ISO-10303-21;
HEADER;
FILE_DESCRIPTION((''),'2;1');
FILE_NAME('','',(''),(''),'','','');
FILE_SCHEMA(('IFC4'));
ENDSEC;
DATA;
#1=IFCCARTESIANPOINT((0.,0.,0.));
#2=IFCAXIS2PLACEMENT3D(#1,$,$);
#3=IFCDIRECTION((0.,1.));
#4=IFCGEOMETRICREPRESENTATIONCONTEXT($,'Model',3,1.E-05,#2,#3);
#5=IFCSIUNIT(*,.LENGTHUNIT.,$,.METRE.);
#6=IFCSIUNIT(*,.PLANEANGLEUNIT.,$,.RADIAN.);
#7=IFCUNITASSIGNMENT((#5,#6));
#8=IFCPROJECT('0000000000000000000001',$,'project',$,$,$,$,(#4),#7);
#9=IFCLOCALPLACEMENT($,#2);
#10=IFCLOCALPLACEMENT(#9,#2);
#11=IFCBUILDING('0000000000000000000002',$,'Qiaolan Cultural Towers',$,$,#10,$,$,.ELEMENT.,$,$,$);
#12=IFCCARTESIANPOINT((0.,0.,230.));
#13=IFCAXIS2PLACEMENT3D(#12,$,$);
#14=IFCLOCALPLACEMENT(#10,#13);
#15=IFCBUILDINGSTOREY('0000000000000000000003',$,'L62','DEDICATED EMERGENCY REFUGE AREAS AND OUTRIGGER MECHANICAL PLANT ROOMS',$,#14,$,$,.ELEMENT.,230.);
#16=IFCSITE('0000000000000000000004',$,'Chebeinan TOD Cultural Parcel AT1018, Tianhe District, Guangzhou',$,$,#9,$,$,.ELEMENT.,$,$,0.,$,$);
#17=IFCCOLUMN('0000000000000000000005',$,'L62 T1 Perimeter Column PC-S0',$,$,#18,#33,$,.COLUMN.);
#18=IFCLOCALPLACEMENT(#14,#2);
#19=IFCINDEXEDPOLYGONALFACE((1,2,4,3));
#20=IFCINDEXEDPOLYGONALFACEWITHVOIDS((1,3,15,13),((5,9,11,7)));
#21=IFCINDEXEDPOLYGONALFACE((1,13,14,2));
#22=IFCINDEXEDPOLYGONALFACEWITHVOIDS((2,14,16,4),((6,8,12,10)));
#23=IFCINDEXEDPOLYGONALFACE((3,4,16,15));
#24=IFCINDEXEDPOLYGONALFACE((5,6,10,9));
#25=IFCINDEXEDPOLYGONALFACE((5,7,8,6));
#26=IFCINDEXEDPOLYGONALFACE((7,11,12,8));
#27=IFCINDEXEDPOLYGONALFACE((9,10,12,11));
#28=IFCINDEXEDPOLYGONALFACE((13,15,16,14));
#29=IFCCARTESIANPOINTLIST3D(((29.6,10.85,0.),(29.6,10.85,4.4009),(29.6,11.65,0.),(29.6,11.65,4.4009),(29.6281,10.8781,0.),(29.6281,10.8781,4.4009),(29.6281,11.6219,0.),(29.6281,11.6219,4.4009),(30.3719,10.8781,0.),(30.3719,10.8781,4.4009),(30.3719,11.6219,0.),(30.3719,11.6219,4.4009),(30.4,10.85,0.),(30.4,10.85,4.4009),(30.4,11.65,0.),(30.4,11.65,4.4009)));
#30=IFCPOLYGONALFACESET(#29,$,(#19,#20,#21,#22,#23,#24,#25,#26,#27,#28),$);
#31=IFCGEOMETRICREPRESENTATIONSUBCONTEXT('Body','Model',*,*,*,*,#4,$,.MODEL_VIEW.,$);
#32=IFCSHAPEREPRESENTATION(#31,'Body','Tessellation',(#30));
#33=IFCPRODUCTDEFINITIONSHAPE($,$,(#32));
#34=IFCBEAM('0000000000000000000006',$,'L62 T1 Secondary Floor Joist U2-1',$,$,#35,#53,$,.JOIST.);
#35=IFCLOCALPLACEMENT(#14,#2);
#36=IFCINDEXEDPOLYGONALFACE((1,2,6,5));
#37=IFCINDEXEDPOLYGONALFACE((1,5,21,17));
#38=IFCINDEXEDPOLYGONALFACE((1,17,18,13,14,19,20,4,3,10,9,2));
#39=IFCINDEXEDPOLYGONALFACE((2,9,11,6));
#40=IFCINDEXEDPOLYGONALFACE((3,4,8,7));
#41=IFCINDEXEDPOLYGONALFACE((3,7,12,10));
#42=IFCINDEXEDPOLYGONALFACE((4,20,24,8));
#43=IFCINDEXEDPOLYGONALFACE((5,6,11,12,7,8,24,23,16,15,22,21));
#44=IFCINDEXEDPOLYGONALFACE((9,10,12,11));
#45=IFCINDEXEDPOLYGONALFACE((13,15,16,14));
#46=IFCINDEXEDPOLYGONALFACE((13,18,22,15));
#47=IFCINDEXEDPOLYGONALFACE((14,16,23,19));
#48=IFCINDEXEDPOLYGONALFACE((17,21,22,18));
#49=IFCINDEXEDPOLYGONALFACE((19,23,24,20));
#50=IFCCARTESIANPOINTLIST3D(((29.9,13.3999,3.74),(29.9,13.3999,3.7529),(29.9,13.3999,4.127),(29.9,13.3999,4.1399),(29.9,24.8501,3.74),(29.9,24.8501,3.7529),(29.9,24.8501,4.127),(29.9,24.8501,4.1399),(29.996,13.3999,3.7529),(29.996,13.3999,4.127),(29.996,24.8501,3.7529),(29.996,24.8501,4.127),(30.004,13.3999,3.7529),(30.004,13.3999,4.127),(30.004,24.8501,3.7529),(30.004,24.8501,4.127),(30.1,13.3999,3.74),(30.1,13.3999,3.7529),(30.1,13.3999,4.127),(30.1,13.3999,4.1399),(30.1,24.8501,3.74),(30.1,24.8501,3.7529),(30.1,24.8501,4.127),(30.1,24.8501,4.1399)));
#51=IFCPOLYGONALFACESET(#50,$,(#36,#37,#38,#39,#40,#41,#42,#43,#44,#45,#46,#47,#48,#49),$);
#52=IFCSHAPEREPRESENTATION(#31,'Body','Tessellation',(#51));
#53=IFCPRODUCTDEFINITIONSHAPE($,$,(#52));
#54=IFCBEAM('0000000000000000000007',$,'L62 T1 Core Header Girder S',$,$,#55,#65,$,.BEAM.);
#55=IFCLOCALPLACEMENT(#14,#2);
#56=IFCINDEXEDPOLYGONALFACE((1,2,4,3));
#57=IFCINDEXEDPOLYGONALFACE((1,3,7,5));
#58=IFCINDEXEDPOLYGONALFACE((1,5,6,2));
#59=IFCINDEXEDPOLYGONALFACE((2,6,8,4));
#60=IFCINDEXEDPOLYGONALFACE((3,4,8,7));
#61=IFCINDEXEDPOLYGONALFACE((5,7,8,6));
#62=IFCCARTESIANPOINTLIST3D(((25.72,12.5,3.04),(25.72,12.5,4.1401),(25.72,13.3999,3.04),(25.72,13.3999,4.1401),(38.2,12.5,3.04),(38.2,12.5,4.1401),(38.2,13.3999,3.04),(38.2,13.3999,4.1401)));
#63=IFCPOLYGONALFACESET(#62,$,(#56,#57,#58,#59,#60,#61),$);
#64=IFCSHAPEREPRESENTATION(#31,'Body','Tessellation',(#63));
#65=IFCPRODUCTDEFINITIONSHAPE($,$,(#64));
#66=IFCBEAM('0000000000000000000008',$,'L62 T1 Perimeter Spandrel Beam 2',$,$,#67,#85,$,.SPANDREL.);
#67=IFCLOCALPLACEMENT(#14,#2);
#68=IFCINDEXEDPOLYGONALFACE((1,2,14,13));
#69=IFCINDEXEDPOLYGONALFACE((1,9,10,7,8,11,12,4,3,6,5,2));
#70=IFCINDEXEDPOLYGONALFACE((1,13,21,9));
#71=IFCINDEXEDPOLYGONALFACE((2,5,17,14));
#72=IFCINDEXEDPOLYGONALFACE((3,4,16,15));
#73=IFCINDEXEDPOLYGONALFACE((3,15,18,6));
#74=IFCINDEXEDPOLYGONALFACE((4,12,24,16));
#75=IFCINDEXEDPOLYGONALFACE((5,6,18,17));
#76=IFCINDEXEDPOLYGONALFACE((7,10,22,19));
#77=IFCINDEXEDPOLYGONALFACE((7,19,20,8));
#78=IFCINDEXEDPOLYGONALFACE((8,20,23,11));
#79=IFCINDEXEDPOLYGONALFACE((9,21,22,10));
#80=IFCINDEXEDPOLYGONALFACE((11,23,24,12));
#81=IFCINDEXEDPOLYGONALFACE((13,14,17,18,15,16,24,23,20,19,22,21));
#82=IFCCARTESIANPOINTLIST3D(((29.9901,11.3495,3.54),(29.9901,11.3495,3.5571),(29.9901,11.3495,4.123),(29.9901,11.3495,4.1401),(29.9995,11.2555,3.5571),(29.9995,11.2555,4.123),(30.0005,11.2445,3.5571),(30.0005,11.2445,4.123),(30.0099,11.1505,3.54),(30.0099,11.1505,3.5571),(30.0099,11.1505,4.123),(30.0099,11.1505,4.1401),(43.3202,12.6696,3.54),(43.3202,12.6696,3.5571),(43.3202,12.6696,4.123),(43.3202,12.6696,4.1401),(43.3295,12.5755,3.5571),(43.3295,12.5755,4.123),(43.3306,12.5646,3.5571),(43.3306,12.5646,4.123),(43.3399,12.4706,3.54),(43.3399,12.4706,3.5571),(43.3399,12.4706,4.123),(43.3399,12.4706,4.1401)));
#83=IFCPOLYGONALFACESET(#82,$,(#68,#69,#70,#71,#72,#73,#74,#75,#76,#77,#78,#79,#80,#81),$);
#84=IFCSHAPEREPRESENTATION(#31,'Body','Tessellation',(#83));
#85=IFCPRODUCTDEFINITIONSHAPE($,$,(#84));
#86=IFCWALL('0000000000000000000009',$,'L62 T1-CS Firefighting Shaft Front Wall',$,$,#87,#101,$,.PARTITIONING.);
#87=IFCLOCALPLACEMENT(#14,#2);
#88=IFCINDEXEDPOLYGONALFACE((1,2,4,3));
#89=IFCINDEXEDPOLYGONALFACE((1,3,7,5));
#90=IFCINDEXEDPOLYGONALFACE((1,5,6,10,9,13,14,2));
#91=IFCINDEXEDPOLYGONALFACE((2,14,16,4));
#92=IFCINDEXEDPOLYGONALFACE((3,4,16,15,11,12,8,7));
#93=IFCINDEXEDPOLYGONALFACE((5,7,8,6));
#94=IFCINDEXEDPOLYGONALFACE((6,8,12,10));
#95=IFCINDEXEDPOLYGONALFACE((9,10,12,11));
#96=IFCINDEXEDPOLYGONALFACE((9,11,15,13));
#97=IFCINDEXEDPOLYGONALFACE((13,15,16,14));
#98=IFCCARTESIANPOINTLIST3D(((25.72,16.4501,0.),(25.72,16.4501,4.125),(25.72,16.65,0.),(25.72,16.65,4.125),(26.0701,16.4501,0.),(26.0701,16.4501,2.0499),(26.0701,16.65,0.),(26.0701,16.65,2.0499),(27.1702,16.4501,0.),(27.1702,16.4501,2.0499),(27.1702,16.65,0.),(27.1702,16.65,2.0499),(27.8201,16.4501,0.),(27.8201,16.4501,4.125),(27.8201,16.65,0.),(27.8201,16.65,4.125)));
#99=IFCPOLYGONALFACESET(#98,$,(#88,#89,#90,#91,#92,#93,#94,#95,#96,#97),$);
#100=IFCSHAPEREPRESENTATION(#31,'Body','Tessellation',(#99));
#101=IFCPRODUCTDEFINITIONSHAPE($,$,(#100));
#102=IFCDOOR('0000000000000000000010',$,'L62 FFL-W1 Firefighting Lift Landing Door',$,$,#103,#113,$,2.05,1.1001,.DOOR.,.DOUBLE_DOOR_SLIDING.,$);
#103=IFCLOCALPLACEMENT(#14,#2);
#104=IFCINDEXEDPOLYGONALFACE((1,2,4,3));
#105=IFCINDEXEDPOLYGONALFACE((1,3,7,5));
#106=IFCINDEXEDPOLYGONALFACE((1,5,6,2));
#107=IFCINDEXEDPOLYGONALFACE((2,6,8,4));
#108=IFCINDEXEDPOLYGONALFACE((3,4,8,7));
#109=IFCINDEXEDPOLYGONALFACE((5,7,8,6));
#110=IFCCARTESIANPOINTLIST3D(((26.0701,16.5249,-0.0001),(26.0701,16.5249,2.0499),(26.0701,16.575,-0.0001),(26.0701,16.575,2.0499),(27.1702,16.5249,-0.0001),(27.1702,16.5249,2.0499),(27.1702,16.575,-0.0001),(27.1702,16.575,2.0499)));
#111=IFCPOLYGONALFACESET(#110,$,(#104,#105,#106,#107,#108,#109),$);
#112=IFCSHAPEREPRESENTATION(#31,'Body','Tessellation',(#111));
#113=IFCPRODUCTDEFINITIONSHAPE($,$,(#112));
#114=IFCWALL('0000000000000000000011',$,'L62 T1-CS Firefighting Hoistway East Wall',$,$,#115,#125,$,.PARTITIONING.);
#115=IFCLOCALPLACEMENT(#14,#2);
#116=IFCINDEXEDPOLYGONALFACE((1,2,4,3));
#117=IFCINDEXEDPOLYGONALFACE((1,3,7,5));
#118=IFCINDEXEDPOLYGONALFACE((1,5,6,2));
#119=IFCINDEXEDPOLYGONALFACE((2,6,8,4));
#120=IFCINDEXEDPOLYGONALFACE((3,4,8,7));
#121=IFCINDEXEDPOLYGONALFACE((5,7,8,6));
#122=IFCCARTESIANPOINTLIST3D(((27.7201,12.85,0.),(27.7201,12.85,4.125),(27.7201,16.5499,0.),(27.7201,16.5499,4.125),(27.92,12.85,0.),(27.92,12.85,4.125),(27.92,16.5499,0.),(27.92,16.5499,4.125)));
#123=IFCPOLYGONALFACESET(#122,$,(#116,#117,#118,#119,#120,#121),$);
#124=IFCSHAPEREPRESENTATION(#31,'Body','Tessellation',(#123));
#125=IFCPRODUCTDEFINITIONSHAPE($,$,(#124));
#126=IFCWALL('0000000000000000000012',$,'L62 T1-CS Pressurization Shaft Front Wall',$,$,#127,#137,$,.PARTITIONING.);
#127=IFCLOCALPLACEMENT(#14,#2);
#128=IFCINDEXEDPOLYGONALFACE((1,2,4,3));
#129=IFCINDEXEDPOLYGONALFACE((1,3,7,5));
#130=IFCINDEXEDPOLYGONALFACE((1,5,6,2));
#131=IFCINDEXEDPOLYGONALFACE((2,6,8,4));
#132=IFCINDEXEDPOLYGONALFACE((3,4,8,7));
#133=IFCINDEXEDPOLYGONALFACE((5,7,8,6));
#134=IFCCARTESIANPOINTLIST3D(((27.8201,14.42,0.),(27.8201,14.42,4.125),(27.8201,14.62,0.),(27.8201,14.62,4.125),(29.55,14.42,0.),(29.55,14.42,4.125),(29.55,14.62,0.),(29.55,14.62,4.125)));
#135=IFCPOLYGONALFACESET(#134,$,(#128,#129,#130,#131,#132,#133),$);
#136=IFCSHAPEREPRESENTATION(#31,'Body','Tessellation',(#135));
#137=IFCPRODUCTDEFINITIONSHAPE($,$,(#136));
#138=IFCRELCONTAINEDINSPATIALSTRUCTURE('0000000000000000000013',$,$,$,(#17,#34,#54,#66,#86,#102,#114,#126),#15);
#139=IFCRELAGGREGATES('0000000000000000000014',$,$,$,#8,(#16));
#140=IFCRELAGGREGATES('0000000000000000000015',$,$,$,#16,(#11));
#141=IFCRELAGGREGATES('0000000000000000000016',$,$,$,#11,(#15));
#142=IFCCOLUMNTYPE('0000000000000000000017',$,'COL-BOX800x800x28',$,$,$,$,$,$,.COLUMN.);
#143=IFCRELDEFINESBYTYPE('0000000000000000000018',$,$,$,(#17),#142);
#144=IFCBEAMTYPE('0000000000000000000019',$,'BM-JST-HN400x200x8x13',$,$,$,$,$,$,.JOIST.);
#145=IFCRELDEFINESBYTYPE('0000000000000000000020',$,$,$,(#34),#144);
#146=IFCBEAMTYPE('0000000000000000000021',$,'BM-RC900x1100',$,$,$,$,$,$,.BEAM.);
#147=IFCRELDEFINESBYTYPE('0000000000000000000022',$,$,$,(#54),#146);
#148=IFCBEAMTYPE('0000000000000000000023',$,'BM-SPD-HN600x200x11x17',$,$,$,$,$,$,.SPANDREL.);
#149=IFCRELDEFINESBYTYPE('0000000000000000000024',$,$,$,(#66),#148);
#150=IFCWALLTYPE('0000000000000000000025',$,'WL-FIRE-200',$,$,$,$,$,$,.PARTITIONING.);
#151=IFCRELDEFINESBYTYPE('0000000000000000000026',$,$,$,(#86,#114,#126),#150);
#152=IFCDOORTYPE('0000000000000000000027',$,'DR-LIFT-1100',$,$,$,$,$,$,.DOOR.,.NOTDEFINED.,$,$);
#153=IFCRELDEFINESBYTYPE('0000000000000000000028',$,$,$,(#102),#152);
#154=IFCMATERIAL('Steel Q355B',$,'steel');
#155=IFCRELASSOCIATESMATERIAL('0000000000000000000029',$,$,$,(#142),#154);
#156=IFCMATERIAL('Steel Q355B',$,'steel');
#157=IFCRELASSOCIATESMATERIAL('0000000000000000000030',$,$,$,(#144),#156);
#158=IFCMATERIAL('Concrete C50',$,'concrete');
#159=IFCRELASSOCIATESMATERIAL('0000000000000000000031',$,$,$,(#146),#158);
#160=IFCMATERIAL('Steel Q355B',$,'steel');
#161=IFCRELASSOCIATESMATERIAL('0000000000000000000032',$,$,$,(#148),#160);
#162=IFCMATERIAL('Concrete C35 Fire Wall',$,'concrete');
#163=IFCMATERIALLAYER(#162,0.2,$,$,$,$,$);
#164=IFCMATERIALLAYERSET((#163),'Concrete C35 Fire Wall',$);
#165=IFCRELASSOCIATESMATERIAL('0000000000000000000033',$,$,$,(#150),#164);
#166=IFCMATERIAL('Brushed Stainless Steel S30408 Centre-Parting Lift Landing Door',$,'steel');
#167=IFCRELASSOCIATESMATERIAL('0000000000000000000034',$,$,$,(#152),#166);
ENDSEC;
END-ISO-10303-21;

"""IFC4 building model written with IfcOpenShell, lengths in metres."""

from ifc_helpers import new_model, si_unit, direction, frame, frame_2d, origin, origin_2d, place, context, subcontext, project, spatial, rectangle, hollow_rectangle, i_section, extrude, material, layer, layer_set, material_profile, profile_set, type_object, element, fill, save


model = new_model("IFC4")

# Units and contexts
model_context = context("Model", 3, precision=1e-05, world=origin(), true_north=direction((0.0, 1.0)))
body_context = subcontext(model_context, "Body", "Model", "MODEL_VIEW")
ifc_project = project(units=[si_unit("LENGTHUNIT", "METRE"), si_unit("PLANEANGLEUNIT", "RADIAN")], contexts=[model_context])

# Site, building, storey
site_placement = place(None, origin())
site = spatial("IfcSite", under=ifc_project, at=site_placement, Name="Chebeinan TOD Cultural Parcel AT1018, Tianhe District, Guangzhou", CompositionType="ELEMENT", RefElevation=0.0)
building_placement = place(site_placement, origin())
building = spatial("IfcBuilding", under=site, at=building_placement, Name="Qiaolan Cultural Towers", CompositionType="ELEMENT")
storey_placement = place(building_placement, frame((0.0, 0.0, 230.0)))
storey = spatial("IfcBuildingStorey", under=building, at=storey_placement, Name="L62", Description="DEDICATED EMERGENCY REFUGE AREAS AND OUTRIGGER MECHANICAL PLANT ROOMS", CompositionType="ELEMENT", Elevation=230.0)

# Column
ifc_material_1 = material(Name="Steel Q355B", Category="steel")
ifc_material_profile_1 = material_profile(ifc_material_1, hollow_rectangle(XDim=0.8, YDim=0.8, WallThickness=0.0281, at=origin_2d()), Name="BOX800x800x28")
ifc_profile_set_1 = profile_set([ifc_material_profile_1], Name="Steel Q355B")
column_type = type_object("IfcColumnType", Name="COL-BOX800x800x28", PredefinedType="COLUMN", material=ifc_profile_set_1)
column_placement = place(storey_placement, frame((30.0, 11.25, 0.0), z_axis=(0.0, 0.0, 1.0), x_axis=(1.0, 0.0, 0.0)))
element("IfcColumn", 1, at=column_placement, inside=storey, type_object=column_type, Name="L62 T1 Perimeter Column PC-S0", PredefinedType="COLUMN", context=body_context, shape_type="SweptSolid", body=[
    extrude(hollow_rectangle(XDim=0.8, YDim=0.8, WallThickness=0.0281, at=origin_2d()), origin(), (0.0, 0.0, 1.0), 4.4009),
])

# Beams
ifc_material_2 = material(Name="Steel Q355B", Category="steel")
ifc_material_profile_2 = material_profile(ifc_material_2, i_section(OverallWidth=0.2, OverallDepth=0.3999, WebThickness=0.0081, FlangeThickness=0.0129, at=origin_2d()), Name="HN400x200x8x13")
ifc_profile_set_2 = profile_set([ifc_material_profile_2], Name="Steel Q355B")
beam_type_1 = type_object("IfcBeamType", Name="BM-JST-HN400x200x8x13", PredefinedType="JOIST", material=ifc_profile_set_2)
beam_1_placement = place(storey_placement, frame((30.0, 13.3999, 3.9399), z_axis=(0.0, 1.0, 0.0), x_axis=(-1.0, 0.0, 0.0)))
element("IfcBeam", 2, at=beam_1_placement, inside=storey, type_object=beam_type_1, Name="L62 T1 Secondary Floor Joist U2-1", PredefinedType="JOIST", context=body_context, shape_type="SweptSolid", body=[
    extrude(i_section(OverallWidth=0.2, OverallDepth=0.3999, WebThickness=0.0081, FlangeThickness=0.0129, at=origin_2d()), origin(), (0.0, 0.0, 1.0), 11.4502),
])
ifc_material_3 = material(Name="Concrete C50", Category="concrete")
ifc_material_profile_3 = material_profile(ifc_material_3, rectangle(XDim=0.8999, YDim=1.1001, at=origin_2d()), Name="RC900x1100")
ifc_profile_set_3 = profile_set([ifc_material_profile_3], Name="Concrete C50")
beam_type_2 = type_object("IfcBeamType", Name="BM-RC900x1100", PredefinedType="BEAM", material=ifc_profile_set_3)
beam_2_placement = place(storey_placement, frame((25.72, 12.95, 3.5901), z_axis=(1.0, 0.0, 0.0), x_axis=(0.0, 1.0, 0.0)))
element("IfcBeam", 3, at=beam_2_placement, inside=storey, type_object=beam_type_2, Name="L62 T1 Core Header Girder S", PredefinedType="BEAM", context=body_context, shape_type="SweptSolid", body=[
    extrude(rectangle(XDim=0.8999, YDim=1.1001, at=origin_2d()), origin(), (0.0, 0.0, 1.0), 12.48),
])
ifc_material_4 = material(Name="Steel Q355B", Category="steel")
ifc_material_profile_4 = material_profile(ifc_material_4, i_section(OverallWidth=0.2, OverallDepth=0.6001, WebThickness=0.011, FlangeThickness=0.0171, at=origin_2d()), Name="HN600x200x11x17")
ifc_profile_set_4 = profile_set([ifc_material_profile_4], Name="Steel Q355B")
beam_type_3 = type_object("IfcBeamType", Name="BM-SPD-HN600x200x11x17", PredefinedType="SPANDREL", material=ifc_profile_set_4)
beam_3_placement = place(storey_placement, frame((30.0, 11.25, 3.8401), z_axis=(0.995132, 0.098547, 0.0), x_axis=(-0.098547, 0.995132, 0.0)))
element("IfcBeam", 4, at=beam_3_placement, inside=storey, type_object=beam_type_3, Name="L62 T1 Perimeter Spandrel Beam 2", PredefinedType="SPANDREL", context=body_context, shape_type="SweptSolid", body=[
    extrude(i_section(OverallWidth=0.2, OverallDepth=0.6001, WebThickness=0.011, FlangeThickness=0.0171, at=origin_2d()), origin(), (0.0, 0.0, 1.0), 13.3953),
])

# Wall, opening, door
ifc_material_5 = material(Name="Concrete C35 Fire Wall", Category="concrete")
ifc_layer_1 = layer(ifc_material_5, 0.2)
ifc_layer_set_1 = layer_set([ifc_layer_1], Name="Concrete C35 Fire Wall")
wall_type_1 = type_object("IfcWallType", Name="WL-FIRE-200", PredefinedType="PARTITIONING", material=ifc_layer_set_1)
wall_1_placement = place(storey_placement, frame((25.72, 16.55, 0.0), z_axis=(0.0, 0.0, 1.0), x_axis=(1.0, 0.0, 0.0)))
wall_1 = element("IfcWall", 5, at=wall_1_placement, inside=storey, type_object=wall_type_1, Name="L62 T1-CS Firefighting Shaft Front Wall", PredefinedType="PARTITIONING", context=body_context, shape_type="SweptSolid", body=[
    extrude(rectangle(XDim=2.1001, YDim=0.2, at=frame_2d((1.05, 0.0))), origin(), (0.0, 0.0, 1.0), 4.125),
])
opening_1_placement = place(wall_1_placement, frame((0.3501, 0.0, 0.0)))
opening_1 = element("IfcOpeningElement", 6, at=opening_1_placement, cuts=wall_1, PredefinedType="OPENING", context=body_context, shape_type="SweptSolid", body=[
    extrude(rectangle(XDim=1.1001, YDim=2.05, at=frame_2d((0.55, 1.0249))), frame((0.0, 0.1099, 0.0), z_axis=(0.0, -1.0, 0.0), x_axis=(1.0, 0.0, 0.0)), (0.0, 0.0, 1.0), 0.22),
])
ifc_material_6 = material(Name="Brushed Stainless Steel S30408 Centre-Parting Lift Landing Door", Category="steel")
door_type_1 = type_object("IfcDoorType", Name="DR-LIFT-1100", OperationType="NOTDEFINED", PredefinedType="DOOR", material=ifc_material_6)
door_1_placement = place(opening_1_placement, origin())
door_1 = element("IfcDoor", 7, at=door_1_placement, inside=storey, type_object=door_type_1, Name="L62 FFL-W1 Firefighting Lift Landing Door", OperationType="DOUBLE_DOOR_SLIDING", OverallHeight=2.05, OverallWidth=1.1001, PredefinedType="DOOR", context=body_context, shape_type="SweptSolid", body=[
    extrude(rectangle(XDim=1.1001, YDim=2.05, at=frame_2d((0.55, 1.0249))), frame((0.0, 0.0249, 0.0), z_axis=(0.0, -1.0, 0.0), x_axis=(1.0, 0.0, 0.0)), (0.0, 0.0, 1.0), 0.05),
])
fill(opening_1, door_1)

# Walls
wall_2_placement = place(storey_placement, frame((27.8201, 16.55, 0.0), z_axis=(0.0, 0.0, 1.0), x_axis=(0.0, -1.0, 0.0)))
element("IfcWall", 8, at=wall_2_placement, inside=storey, type_object=wall_type_1, Name="L62 T1-CS Firefighting Hoistway East Wall", PredefinedType="PARTITIONING", context=body_context, shape_type="SweptSolid", body=[
    extrude(rectangle(XDim=3.7, YDim=0.2, at=frame_2d((1.8501, 0.0))), origin(), (0.0, 0.0, 1.0), 4.125),
])
wall_3_placement = place(storey_placement, frame((27.8201, 14.52, 0.0), z_axis=(0.0, 0.0, 1.0), x_axis=(1.0, 0.0, 0.0)))
element("IfcWall", 9, at=wall_3_placement, inside=storey, type_object=wall_type_1, Name="L62 T1-CS Pressurization Shaft Front Wall", PredefinedType="PARTITIONING", context=body_context, shape_type="SweptSolid", body=[
    extrude(rectangle(XDim=1.73, YDim=0.2, at=frame_2d((0.865, 0.0))), origin(), (0.0, 0.0, 1.0), 4.125),
])

save(model, "model.ifc")
